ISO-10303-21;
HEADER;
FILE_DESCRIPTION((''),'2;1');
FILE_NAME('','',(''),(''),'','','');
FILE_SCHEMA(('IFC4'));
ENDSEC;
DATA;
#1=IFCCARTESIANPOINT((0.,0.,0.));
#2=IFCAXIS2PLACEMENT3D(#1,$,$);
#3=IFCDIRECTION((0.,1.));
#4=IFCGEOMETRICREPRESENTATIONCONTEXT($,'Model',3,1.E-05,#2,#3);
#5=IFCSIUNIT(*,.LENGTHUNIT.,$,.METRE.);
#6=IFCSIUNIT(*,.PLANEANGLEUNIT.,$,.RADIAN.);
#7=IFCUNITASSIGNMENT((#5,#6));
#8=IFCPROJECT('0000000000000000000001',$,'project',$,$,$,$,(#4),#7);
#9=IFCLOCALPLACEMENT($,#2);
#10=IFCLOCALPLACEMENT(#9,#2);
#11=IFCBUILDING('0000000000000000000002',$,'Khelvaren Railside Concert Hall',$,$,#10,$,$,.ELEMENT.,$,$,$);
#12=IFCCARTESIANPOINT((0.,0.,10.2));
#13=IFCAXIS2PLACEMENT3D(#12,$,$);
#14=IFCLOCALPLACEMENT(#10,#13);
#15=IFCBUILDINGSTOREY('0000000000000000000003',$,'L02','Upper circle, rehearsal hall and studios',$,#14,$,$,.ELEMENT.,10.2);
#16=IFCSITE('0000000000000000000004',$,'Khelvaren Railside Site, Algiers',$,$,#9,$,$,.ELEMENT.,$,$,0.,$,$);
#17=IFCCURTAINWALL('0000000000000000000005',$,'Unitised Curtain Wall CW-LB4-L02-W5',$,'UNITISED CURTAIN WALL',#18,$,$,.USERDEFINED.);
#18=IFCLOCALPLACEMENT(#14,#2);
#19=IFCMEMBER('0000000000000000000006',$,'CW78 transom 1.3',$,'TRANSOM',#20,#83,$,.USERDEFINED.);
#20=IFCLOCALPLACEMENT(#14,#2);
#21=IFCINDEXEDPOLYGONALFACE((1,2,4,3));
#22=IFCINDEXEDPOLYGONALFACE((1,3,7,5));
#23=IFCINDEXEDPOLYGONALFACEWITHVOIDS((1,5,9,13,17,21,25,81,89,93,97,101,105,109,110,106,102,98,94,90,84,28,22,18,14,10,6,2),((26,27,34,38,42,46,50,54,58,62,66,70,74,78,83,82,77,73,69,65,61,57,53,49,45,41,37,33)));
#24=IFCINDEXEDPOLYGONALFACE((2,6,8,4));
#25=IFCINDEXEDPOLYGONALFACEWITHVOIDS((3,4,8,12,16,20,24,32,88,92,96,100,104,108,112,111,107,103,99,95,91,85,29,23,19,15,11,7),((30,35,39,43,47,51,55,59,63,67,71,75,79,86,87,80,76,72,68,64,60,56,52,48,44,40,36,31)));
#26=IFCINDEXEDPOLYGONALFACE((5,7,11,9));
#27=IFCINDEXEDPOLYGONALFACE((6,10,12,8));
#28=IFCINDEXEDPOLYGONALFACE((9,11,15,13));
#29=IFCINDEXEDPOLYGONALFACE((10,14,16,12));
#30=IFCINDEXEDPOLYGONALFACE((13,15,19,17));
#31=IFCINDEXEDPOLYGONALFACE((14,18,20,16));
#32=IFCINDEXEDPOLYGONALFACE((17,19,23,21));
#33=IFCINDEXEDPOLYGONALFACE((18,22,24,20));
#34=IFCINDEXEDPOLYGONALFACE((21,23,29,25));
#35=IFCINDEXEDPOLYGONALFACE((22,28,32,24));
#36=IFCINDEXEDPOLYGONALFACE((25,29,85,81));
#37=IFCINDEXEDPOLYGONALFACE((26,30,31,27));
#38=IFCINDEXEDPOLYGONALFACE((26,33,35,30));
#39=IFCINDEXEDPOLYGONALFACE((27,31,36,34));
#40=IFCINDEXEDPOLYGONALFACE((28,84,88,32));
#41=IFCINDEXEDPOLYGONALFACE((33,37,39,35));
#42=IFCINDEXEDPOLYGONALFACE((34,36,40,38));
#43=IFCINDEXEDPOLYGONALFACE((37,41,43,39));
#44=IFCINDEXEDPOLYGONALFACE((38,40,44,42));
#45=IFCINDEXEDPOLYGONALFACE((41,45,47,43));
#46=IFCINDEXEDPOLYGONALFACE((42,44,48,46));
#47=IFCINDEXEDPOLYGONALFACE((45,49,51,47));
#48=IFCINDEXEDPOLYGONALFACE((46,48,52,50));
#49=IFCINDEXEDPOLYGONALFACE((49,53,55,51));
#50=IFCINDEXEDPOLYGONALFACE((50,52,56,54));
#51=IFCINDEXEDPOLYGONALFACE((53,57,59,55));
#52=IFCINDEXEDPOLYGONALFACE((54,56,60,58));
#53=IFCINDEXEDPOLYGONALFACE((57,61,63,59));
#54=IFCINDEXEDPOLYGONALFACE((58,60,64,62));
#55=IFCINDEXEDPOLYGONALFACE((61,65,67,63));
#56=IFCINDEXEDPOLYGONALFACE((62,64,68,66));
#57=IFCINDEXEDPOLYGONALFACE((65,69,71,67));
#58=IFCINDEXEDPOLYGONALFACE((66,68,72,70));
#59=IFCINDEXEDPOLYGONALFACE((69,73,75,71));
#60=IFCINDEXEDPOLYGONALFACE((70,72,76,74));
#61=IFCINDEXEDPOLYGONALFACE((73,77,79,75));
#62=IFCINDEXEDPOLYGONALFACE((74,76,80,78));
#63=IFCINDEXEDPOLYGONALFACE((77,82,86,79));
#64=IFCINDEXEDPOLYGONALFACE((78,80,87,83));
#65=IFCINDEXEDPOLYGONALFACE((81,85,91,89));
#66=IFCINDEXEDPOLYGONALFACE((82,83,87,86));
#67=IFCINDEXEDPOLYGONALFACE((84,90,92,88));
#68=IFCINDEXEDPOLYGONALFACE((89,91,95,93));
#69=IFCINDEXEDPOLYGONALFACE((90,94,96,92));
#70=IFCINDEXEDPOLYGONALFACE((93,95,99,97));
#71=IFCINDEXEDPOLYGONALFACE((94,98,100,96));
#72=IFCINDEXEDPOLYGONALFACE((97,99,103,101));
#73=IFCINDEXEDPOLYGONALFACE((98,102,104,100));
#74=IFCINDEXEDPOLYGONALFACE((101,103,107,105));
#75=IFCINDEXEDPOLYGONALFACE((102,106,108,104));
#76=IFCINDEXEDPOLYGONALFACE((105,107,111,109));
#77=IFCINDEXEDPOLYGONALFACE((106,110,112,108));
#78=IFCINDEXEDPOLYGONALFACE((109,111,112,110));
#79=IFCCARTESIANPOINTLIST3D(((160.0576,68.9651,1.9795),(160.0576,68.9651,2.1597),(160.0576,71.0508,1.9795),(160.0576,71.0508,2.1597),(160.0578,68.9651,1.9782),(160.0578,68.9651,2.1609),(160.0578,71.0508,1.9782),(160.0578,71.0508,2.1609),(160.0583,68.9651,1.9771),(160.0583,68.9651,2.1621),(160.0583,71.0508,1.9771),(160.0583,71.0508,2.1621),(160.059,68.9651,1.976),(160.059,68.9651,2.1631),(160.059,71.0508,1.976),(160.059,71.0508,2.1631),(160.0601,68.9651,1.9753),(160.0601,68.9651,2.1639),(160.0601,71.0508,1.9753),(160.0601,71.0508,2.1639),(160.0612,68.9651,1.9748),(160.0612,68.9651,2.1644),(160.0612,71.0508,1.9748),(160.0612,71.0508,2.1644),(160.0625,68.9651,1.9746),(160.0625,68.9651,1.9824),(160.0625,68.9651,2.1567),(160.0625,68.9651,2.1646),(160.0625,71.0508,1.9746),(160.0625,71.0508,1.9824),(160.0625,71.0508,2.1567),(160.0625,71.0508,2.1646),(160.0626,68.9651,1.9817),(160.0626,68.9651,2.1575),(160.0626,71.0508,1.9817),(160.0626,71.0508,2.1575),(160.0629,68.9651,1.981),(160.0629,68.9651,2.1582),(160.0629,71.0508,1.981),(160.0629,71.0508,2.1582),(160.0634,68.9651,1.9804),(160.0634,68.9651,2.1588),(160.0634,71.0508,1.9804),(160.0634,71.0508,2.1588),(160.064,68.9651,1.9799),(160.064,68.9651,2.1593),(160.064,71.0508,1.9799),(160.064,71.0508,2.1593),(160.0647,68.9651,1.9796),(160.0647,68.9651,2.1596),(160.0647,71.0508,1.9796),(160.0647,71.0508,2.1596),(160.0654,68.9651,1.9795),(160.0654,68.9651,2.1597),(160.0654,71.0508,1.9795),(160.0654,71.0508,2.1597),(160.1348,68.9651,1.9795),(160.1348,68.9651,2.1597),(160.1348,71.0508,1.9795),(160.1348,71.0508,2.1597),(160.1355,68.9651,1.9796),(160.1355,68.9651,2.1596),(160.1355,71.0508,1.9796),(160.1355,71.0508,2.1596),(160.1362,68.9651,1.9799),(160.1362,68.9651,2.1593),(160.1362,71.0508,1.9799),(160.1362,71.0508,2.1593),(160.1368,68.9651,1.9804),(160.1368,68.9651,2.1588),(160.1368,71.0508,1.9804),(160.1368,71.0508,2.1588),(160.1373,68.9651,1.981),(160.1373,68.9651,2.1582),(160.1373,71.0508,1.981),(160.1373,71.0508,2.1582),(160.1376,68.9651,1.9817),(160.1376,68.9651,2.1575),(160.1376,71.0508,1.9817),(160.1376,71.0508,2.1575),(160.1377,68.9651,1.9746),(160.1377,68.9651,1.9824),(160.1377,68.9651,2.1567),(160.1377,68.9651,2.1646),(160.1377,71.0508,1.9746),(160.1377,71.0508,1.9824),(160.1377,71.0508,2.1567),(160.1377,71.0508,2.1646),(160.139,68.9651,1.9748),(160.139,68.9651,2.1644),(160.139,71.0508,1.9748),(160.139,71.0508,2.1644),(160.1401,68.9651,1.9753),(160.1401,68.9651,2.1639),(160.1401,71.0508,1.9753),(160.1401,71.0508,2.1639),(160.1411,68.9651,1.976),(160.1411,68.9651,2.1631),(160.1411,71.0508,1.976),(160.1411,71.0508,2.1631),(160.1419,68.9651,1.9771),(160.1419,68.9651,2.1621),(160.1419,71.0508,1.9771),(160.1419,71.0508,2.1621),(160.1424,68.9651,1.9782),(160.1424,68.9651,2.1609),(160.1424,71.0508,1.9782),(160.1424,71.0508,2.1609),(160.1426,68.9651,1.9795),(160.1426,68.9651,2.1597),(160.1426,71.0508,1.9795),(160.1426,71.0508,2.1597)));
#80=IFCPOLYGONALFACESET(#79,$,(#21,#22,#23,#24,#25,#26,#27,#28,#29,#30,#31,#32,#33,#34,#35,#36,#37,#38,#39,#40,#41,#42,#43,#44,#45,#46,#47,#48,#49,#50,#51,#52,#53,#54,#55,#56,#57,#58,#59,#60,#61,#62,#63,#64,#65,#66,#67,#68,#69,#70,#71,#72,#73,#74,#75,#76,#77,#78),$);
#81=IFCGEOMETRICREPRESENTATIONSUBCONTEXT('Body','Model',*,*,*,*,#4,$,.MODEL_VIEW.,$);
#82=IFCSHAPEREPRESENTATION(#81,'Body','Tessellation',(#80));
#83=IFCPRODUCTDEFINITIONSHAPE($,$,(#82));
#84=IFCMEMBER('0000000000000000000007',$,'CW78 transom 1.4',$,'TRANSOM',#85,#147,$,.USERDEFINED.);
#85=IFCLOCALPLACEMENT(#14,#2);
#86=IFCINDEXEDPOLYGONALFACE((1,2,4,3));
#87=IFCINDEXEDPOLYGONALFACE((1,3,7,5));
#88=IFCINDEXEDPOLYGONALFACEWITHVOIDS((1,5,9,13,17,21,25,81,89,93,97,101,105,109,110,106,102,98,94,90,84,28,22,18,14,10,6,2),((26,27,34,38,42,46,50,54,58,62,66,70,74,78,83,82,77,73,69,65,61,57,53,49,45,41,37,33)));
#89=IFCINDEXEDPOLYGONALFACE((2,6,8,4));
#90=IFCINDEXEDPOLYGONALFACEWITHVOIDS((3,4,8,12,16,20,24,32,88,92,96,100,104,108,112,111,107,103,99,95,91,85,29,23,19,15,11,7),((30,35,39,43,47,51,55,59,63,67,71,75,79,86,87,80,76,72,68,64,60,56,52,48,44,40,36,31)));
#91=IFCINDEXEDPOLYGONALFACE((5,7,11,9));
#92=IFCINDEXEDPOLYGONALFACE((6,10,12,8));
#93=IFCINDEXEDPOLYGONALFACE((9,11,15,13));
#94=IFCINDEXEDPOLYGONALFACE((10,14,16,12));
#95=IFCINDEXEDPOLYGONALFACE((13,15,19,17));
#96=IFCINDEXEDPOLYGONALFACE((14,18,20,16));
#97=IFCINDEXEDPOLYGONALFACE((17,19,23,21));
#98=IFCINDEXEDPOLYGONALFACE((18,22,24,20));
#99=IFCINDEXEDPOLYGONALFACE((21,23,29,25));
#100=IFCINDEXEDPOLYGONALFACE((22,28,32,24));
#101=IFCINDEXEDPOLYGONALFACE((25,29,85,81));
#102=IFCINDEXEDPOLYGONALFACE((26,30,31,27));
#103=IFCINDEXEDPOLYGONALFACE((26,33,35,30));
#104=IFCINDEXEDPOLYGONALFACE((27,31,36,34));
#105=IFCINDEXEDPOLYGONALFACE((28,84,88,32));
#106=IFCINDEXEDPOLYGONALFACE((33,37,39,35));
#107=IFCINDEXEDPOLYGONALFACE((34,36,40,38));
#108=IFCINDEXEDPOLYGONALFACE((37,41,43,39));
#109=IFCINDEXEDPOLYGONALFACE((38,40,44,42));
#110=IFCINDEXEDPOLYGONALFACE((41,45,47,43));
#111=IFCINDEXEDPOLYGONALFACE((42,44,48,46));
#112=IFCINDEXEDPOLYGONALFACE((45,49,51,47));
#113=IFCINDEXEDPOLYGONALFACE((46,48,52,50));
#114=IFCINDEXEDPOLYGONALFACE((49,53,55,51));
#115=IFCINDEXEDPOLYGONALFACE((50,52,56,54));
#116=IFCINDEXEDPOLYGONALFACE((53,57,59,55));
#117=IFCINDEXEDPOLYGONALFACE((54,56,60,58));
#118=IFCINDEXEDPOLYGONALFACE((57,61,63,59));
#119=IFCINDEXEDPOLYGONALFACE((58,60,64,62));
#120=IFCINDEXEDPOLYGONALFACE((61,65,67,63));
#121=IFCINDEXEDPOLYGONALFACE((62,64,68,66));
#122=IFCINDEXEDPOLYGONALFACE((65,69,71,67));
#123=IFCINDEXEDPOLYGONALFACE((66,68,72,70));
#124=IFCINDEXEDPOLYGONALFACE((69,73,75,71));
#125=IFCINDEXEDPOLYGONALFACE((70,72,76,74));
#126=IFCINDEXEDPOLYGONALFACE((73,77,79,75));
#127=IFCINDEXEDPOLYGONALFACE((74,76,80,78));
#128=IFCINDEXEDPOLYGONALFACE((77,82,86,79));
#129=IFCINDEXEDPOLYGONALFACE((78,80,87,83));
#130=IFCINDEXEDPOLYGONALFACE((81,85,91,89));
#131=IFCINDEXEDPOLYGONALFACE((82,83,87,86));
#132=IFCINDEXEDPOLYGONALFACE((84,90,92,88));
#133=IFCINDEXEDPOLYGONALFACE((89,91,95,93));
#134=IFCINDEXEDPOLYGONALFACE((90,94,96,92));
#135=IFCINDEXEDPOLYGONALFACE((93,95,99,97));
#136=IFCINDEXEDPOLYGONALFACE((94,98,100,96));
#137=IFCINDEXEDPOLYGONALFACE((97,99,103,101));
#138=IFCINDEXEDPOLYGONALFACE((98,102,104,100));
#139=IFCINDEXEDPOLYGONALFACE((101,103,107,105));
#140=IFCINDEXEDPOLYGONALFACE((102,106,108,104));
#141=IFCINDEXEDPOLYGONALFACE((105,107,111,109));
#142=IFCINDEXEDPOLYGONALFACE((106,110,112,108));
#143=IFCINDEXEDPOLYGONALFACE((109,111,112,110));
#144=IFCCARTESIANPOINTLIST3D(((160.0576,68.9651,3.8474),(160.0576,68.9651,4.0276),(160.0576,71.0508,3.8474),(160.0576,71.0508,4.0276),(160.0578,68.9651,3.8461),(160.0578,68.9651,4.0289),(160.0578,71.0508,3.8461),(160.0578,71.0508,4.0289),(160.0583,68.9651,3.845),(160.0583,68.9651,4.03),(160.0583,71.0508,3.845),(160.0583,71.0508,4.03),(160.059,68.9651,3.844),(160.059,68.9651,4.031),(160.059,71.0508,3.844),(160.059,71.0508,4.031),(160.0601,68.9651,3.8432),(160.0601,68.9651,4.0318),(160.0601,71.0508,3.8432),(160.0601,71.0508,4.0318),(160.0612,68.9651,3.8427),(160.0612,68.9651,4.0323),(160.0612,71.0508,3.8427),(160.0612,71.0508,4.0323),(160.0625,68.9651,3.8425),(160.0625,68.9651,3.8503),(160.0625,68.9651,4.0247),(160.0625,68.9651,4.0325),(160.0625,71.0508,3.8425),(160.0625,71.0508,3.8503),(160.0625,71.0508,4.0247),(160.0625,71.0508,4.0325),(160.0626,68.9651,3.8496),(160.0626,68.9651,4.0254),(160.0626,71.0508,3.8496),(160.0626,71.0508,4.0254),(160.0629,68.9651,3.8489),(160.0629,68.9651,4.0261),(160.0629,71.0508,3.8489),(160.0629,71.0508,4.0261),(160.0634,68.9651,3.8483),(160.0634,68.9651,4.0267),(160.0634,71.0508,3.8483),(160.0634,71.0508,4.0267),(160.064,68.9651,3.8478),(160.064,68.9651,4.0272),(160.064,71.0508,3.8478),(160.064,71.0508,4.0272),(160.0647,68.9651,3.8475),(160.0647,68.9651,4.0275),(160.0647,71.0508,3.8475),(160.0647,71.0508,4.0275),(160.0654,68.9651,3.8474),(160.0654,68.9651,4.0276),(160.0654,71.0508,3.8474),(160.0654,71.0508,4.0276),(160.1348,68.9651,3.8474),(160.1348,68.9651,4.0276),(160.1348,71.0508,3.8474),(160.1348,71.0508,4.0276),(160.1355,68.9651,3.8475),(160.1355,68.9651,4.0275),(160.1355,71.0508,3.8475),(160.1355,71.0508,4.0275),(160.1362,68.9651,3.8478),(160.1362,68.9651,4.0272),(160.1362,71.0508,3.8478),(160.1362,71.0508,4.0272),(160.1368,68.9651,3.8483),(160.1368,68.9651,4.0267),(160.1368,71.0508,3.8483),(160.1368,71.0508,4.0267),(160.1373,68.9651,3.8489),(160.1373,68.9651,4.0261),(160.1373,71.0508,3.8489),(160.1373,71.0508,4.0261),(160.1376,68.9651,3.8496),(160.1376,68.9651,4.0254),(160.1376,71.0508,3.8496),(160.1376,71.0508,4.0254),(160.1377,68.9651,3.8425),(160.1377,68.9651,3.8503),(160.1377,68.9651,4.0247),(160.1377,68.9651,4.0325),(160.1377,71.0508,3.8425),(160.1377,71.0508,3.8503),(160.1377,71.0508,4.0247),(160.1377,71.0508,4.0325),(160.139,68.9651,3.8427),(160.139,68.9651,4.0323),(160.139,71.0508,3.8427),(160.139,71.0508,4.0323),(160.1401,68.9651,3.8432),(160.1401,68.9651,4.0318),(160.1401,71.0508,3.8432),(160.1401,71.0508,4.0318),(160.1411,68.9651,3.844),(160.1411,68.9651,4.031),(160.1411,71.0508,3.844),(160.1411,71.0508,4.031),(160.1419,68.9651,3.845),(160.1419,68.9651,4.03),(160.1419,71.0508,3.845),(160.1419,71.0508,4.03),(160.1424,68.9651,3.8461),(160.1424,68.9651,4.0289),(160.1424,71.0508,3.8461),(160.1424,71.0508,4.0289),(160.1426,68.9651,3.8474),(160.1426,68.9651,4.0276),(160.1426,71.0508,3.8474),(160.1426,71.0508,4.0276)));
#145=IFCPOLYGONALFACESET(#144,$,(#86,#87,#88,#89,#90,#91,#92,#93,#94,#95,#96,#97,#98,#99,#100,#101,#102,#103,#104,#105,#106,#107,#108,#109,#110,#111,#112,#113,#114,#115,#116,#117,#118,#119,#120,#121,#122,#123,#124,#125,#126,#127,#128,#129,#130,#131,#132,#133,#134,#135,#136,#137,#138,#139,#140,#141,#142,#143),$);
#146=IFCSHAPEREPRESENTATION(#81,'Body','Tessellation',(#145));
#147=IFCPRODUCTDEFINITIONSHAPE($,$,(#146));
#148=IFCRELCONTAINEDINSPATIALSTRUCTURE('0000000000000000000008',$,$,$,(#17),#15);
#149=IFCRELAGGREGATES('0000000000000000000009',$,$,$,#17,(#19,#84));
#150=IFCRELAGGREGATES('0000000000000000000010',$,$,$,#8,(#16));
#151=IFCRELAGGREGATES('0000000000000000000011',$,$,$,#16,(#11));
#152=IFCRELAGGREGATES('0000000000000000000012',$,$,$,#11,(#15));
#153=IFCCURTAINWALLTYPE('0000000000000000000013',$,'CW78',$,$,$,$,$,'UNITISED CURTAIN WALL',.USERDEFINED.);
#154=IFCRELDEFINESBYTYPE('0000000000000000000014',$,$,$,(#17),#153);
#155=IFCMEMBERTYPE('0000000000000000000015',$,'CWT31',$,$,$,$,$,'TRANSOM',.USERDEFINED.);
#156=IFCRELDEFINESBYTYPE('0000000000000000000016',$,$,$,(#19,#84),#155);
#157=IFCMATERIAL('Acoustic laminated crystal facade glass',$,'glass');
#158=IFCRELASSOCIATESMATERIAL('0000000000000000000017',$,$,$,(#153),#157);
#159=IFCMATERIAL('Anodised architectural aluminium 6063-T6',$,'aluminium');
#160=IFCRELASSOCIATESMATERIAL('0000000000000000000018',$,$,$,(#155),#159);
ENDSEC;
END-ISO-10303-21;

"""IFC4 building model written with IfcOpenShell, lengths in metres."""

from ifc_helpers import new_model, si_unit, direction, frame, origin, origin_2d, place, context, subcontext, project, spatial, hollow_rectangle, extrude, material, material_profile, profile_set, type_object, element, aggregate, save


model = new_model("IFC4")

# Units and contexts
model_context = context("Model", 3, precision=1e-05, world=origin(), true_north=direction((0.0, 1.0)))
body_context = subcontext(model_context, "Body", "Model", "MODEL_VIEW")
ifc_project = project(units=[si_unit("LENGTHUNIT", "METRE"), si_unit("PLANEANGLEUNIT", "RADIAN")], contexts=[model_context])

# Site, building, storey
site_placement = place(None, origin())
site = spatial("IfcSite", under=ifc_project, at=site_placement, Name="Khelvaren Railside Site, Algiers", CompositionType="ELEMENT", RefElevation=0.0)
building_placement = place(site_placement, origin())
building = spatial("IfcBuilding", under=site, at=building_placement, Name="Khelvaren Railside Concert Hall", CompositionType="ELEMENT")
storey_placement = place(building_placement, frame((0.0, 0.0, 10.2)))
storey = spatial("IfcBuildingStorey", under=building, at=storey_placement, Name="L02", Description="Upper circle, rehearsal hall and studios", CompositionType="ELEMENT", Elevation=10.2)

# Shared definitions
ifc_material_1 = material(Name="Acoustic laminated crystal facade glass", Category="glass")
curtain_wall_type = type_object("IfcCurtainWallType", Name="CW78", ElementType="UNITISED CURTAIN WALL", PredefinedType="USERDEFINED", material=ifc_material_1)
ifc_material_2 = material(Name="Anodised architectural aluminium 6063-T6", Category="aluminium")

# Curtain wall
curtain_wall_1_placement = place(storey_placement, origin())
curtain_wall_1 = element("IfcCurtainWall", 1, at=curtain_wall_1_placement, inside=storey, type_object=curtain_wall_type, Name="Unitised Curtain Wall CW-LB4-L02-W5", ObjectType="UNITISED CURTAIN WALL", PredefinedType="USERDEFINED")

# Members
ifc_material_profile_1 = material_profile(ifc_material_2, hollow_rectangle(XDim=0.085, YDim=0.1899, WallThickness=0.0049, InnerFilletRadius=0.0029, OuterFilletRadius=0.0049, at=origin_2d()), Name="CWT 85x190x5")
ifc_profile_set_1 = profile_set([ifc_material_profile_1], Name="Anodised architectural aluminium 6063-T6")
member_type_1 = type_object("IfcMemberType", Name="CWT31", ElementType="TRANSOM", PredefinedType="USERDEFINED", material=ifc_profile_set_1)
member_1_placement = place(storey_placement, frame((160.1001, 68.9651, 2.0696), z_axis=(0.0, 1.0, 0.0), x_axis=(-1.0, 0.0, 0.0)))
member_1 = element("IfcMember", 2, at=member_1_placement, type_object=member_type_1, Name="CW78 transom 1.3", ObjectType="TRANSOM", PredefinedType="USERDEFINED", context=body_context, shape_type="SweptSolid", body=[
    extrude(hollow_rectangle(XDim=0.085, YDim=0.1899, WallThickness=0.0049, InnerFilletRadius=0.0029, OuterFilletRadius=0.0049, at=origin_2d()), origin(), (0.0, 0.0, 1.0), 2.0857),
])
member_2_placement = place(storey_placement, frame((160.1001, 68.9651, 3.9375), z_axis=(0.0, 1.0, 0.0), x_axis=(-1.0, 0.0, 0.0)))
member_2 = element("IfcMember", 3, at=member_2_placement, type_object=member_type_1, Name="CW78 transom 1.4", ObjectType="TRANSOM", PredefinedType="USERDEFINED", context=body_context, shape_type="SweptSolid", body=[
    extrude(hollow_rectangle(XDim=0.085, YDim=0.1899, WallThickness=0.0049, InnerFilletRadius=0.0029, OuterFilletRadius=0.0049, at=origin_2d()), origin(), (0.0, 0.0, 1.0), 2.0857),
])

aggregate(curtain_wall_1, [member_1, member_2])

save(model, "model.ifc")
